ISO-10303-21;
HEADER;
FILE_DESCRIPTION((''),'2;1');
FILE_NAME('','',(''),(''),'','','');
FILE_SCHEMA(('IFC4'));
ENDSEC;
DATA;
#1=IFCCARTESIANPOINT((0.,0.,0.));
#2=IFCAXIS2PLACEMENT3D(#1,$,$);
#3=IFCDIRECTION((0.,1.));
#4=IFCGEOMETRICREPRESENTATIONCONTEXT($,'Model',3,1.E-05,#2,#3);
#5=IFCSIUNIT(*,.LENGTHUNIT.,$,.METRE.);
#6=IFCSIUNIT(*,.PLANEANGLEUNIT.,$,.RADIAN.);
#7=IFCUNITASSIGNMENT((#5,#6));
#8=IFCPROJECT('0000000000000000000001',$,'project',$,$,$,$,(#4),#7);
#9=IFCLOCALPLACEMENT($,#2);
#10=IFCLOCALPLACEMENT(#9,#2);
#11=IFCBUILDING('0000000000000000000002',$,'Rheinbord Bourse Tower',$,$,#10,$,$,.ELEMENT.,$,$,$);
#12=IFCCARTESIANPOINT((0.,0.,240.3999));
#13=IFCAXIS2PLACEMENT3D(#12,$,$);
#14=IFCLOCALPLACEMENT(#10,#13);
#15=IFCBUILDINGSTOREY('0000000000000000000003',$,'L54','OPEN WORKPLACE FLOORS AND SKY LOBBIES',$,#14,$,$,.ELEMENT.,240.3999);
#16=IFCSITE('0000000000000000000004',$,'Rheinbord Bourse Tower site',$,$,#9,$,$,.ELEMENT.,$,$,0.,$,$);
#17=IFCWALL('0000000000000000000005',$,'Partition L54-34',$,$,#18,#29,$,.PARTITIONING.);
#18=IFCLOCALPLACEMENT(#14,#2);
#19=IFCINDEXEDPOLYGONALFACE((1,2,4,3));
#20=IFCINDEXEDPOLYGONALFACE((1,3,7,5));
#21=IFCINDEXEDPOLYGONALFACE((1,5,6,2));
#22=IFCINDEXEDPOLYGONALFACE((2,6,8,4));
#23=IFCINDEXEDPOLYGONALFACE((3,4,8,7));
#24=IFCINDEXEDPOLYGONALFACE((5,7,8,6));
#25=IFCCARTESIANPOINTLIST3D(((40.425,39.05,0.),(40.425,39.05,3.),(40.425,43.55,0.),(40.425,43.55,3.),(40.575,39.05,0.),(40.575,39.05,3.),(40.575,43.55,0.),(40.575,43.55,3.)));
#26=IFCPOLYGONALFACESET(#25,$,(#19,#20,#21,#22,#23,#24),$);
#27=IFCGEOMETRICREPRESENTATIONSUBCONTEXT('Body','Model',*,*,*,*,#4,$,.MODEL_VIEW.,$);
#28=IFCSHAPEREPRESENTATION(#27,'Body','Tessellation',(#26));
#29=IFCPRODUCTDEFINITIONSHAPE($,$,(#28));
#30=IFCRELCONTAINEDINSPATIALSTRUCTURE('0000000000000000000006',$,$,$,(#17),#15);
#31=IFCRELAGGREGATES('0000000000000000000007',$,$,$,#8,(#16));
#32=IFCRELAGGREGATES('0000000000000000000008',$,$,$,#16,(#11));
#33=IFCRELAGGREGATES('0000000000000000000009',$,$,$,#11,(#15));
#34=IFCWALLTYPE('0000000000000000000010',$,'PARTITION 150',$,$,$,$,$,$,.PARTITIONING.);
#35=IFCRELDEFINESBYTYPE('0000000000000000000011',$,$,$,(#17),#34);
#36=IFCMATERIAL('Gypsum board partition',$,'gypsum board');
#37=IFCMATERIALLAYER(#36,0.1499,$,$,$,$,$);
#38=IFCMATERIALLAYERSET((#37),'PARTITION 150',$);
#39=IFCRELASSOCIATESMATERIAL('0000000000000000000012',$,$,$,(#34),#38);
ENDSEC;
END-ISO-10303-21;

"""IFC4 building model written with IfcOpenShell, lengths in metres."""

from ifc_helpers import new_model, si_unit, direction, frame, frame_2d, origin, place, context, subcontext, project, spatial, rectangle, extrude, material, layer, layer_set, type_object, element, save


model = new_model("IFC4")

# Units and contexts
model_context = context("Model", 3, precision=1e-05, world=origin(), true_north=direction((0.0, 1.0)))
body_context = subcontext(model_context, "Body", "Model", "MODEL_VIEW")
ifc_project = project(units=[si_unit("LENGTHUNIT", "METRE"), si_unit("PLANEANGLEUNIT", "RADIAN")], contexts=[model_context])

# Site, building, storey
site_placement = place(None, origin())
site = spatial("IfcSite", under=ifc_project, at=site_placement, Name="Rheinbord Bourse Tower site", CompositionType="ELEMENT", RefElevation=0.0)
building_placement = place(site_placement, origin())
building = spatial("IfcBuilding", under=site, at=building_placement, Name="Rheinbord Bourse Tower", CompositionType="ELEMENT")
storey_placement = place(building_placement, frame((0.0, 0.0, 240.3999)))
storey = spatial("IfcBuildingStorey", under=building, at=storey_placement, Name="L54", Description="OPEN WORKPLACE FLOORS AND SKY LOBBIES", CompositionType="ELEMENT", Elevation=240.3999)

# Wall
ifc_material_1 = material(Name="Gypsum board partition", Category="gypsum board")
ifc_layer_1 = layer(ifc_material_1, 0.1499)
ifc_layer_set_1 = layer_set([ifc_layer_1], Name="PARTITION 150")
wall_type_1 = type_object("IfcWallType", Name="PARTITION 150", PredefinedType="PARTITIONING", material=ifc_layer_set_1)
for number, where, z_axis, x_axis, name in (
    (1, (40.5, 39.05, 0.0), (0.0, 0.0, 1.0), (0.0, 1.0, 0.0), "Partition L54-34"),
):
    element("IfcWall", number, at=place(storey_placement, frame(where, z_axis=z_axis, x_axis=x_axis)), inside=storey, type_object=wall_type_1, Name=name, PredefinedType="PARTITIONING", context=body_context, shape_type="SweptSolid", body=[
        extrude(rectangle(XDim=4.5, YDim=0.1499, at=frame_2d((2.25, 0.0))), origin(), (0.0, 0.0, 1.0), 3.0),
    ])

save(model, "model.ifc")
